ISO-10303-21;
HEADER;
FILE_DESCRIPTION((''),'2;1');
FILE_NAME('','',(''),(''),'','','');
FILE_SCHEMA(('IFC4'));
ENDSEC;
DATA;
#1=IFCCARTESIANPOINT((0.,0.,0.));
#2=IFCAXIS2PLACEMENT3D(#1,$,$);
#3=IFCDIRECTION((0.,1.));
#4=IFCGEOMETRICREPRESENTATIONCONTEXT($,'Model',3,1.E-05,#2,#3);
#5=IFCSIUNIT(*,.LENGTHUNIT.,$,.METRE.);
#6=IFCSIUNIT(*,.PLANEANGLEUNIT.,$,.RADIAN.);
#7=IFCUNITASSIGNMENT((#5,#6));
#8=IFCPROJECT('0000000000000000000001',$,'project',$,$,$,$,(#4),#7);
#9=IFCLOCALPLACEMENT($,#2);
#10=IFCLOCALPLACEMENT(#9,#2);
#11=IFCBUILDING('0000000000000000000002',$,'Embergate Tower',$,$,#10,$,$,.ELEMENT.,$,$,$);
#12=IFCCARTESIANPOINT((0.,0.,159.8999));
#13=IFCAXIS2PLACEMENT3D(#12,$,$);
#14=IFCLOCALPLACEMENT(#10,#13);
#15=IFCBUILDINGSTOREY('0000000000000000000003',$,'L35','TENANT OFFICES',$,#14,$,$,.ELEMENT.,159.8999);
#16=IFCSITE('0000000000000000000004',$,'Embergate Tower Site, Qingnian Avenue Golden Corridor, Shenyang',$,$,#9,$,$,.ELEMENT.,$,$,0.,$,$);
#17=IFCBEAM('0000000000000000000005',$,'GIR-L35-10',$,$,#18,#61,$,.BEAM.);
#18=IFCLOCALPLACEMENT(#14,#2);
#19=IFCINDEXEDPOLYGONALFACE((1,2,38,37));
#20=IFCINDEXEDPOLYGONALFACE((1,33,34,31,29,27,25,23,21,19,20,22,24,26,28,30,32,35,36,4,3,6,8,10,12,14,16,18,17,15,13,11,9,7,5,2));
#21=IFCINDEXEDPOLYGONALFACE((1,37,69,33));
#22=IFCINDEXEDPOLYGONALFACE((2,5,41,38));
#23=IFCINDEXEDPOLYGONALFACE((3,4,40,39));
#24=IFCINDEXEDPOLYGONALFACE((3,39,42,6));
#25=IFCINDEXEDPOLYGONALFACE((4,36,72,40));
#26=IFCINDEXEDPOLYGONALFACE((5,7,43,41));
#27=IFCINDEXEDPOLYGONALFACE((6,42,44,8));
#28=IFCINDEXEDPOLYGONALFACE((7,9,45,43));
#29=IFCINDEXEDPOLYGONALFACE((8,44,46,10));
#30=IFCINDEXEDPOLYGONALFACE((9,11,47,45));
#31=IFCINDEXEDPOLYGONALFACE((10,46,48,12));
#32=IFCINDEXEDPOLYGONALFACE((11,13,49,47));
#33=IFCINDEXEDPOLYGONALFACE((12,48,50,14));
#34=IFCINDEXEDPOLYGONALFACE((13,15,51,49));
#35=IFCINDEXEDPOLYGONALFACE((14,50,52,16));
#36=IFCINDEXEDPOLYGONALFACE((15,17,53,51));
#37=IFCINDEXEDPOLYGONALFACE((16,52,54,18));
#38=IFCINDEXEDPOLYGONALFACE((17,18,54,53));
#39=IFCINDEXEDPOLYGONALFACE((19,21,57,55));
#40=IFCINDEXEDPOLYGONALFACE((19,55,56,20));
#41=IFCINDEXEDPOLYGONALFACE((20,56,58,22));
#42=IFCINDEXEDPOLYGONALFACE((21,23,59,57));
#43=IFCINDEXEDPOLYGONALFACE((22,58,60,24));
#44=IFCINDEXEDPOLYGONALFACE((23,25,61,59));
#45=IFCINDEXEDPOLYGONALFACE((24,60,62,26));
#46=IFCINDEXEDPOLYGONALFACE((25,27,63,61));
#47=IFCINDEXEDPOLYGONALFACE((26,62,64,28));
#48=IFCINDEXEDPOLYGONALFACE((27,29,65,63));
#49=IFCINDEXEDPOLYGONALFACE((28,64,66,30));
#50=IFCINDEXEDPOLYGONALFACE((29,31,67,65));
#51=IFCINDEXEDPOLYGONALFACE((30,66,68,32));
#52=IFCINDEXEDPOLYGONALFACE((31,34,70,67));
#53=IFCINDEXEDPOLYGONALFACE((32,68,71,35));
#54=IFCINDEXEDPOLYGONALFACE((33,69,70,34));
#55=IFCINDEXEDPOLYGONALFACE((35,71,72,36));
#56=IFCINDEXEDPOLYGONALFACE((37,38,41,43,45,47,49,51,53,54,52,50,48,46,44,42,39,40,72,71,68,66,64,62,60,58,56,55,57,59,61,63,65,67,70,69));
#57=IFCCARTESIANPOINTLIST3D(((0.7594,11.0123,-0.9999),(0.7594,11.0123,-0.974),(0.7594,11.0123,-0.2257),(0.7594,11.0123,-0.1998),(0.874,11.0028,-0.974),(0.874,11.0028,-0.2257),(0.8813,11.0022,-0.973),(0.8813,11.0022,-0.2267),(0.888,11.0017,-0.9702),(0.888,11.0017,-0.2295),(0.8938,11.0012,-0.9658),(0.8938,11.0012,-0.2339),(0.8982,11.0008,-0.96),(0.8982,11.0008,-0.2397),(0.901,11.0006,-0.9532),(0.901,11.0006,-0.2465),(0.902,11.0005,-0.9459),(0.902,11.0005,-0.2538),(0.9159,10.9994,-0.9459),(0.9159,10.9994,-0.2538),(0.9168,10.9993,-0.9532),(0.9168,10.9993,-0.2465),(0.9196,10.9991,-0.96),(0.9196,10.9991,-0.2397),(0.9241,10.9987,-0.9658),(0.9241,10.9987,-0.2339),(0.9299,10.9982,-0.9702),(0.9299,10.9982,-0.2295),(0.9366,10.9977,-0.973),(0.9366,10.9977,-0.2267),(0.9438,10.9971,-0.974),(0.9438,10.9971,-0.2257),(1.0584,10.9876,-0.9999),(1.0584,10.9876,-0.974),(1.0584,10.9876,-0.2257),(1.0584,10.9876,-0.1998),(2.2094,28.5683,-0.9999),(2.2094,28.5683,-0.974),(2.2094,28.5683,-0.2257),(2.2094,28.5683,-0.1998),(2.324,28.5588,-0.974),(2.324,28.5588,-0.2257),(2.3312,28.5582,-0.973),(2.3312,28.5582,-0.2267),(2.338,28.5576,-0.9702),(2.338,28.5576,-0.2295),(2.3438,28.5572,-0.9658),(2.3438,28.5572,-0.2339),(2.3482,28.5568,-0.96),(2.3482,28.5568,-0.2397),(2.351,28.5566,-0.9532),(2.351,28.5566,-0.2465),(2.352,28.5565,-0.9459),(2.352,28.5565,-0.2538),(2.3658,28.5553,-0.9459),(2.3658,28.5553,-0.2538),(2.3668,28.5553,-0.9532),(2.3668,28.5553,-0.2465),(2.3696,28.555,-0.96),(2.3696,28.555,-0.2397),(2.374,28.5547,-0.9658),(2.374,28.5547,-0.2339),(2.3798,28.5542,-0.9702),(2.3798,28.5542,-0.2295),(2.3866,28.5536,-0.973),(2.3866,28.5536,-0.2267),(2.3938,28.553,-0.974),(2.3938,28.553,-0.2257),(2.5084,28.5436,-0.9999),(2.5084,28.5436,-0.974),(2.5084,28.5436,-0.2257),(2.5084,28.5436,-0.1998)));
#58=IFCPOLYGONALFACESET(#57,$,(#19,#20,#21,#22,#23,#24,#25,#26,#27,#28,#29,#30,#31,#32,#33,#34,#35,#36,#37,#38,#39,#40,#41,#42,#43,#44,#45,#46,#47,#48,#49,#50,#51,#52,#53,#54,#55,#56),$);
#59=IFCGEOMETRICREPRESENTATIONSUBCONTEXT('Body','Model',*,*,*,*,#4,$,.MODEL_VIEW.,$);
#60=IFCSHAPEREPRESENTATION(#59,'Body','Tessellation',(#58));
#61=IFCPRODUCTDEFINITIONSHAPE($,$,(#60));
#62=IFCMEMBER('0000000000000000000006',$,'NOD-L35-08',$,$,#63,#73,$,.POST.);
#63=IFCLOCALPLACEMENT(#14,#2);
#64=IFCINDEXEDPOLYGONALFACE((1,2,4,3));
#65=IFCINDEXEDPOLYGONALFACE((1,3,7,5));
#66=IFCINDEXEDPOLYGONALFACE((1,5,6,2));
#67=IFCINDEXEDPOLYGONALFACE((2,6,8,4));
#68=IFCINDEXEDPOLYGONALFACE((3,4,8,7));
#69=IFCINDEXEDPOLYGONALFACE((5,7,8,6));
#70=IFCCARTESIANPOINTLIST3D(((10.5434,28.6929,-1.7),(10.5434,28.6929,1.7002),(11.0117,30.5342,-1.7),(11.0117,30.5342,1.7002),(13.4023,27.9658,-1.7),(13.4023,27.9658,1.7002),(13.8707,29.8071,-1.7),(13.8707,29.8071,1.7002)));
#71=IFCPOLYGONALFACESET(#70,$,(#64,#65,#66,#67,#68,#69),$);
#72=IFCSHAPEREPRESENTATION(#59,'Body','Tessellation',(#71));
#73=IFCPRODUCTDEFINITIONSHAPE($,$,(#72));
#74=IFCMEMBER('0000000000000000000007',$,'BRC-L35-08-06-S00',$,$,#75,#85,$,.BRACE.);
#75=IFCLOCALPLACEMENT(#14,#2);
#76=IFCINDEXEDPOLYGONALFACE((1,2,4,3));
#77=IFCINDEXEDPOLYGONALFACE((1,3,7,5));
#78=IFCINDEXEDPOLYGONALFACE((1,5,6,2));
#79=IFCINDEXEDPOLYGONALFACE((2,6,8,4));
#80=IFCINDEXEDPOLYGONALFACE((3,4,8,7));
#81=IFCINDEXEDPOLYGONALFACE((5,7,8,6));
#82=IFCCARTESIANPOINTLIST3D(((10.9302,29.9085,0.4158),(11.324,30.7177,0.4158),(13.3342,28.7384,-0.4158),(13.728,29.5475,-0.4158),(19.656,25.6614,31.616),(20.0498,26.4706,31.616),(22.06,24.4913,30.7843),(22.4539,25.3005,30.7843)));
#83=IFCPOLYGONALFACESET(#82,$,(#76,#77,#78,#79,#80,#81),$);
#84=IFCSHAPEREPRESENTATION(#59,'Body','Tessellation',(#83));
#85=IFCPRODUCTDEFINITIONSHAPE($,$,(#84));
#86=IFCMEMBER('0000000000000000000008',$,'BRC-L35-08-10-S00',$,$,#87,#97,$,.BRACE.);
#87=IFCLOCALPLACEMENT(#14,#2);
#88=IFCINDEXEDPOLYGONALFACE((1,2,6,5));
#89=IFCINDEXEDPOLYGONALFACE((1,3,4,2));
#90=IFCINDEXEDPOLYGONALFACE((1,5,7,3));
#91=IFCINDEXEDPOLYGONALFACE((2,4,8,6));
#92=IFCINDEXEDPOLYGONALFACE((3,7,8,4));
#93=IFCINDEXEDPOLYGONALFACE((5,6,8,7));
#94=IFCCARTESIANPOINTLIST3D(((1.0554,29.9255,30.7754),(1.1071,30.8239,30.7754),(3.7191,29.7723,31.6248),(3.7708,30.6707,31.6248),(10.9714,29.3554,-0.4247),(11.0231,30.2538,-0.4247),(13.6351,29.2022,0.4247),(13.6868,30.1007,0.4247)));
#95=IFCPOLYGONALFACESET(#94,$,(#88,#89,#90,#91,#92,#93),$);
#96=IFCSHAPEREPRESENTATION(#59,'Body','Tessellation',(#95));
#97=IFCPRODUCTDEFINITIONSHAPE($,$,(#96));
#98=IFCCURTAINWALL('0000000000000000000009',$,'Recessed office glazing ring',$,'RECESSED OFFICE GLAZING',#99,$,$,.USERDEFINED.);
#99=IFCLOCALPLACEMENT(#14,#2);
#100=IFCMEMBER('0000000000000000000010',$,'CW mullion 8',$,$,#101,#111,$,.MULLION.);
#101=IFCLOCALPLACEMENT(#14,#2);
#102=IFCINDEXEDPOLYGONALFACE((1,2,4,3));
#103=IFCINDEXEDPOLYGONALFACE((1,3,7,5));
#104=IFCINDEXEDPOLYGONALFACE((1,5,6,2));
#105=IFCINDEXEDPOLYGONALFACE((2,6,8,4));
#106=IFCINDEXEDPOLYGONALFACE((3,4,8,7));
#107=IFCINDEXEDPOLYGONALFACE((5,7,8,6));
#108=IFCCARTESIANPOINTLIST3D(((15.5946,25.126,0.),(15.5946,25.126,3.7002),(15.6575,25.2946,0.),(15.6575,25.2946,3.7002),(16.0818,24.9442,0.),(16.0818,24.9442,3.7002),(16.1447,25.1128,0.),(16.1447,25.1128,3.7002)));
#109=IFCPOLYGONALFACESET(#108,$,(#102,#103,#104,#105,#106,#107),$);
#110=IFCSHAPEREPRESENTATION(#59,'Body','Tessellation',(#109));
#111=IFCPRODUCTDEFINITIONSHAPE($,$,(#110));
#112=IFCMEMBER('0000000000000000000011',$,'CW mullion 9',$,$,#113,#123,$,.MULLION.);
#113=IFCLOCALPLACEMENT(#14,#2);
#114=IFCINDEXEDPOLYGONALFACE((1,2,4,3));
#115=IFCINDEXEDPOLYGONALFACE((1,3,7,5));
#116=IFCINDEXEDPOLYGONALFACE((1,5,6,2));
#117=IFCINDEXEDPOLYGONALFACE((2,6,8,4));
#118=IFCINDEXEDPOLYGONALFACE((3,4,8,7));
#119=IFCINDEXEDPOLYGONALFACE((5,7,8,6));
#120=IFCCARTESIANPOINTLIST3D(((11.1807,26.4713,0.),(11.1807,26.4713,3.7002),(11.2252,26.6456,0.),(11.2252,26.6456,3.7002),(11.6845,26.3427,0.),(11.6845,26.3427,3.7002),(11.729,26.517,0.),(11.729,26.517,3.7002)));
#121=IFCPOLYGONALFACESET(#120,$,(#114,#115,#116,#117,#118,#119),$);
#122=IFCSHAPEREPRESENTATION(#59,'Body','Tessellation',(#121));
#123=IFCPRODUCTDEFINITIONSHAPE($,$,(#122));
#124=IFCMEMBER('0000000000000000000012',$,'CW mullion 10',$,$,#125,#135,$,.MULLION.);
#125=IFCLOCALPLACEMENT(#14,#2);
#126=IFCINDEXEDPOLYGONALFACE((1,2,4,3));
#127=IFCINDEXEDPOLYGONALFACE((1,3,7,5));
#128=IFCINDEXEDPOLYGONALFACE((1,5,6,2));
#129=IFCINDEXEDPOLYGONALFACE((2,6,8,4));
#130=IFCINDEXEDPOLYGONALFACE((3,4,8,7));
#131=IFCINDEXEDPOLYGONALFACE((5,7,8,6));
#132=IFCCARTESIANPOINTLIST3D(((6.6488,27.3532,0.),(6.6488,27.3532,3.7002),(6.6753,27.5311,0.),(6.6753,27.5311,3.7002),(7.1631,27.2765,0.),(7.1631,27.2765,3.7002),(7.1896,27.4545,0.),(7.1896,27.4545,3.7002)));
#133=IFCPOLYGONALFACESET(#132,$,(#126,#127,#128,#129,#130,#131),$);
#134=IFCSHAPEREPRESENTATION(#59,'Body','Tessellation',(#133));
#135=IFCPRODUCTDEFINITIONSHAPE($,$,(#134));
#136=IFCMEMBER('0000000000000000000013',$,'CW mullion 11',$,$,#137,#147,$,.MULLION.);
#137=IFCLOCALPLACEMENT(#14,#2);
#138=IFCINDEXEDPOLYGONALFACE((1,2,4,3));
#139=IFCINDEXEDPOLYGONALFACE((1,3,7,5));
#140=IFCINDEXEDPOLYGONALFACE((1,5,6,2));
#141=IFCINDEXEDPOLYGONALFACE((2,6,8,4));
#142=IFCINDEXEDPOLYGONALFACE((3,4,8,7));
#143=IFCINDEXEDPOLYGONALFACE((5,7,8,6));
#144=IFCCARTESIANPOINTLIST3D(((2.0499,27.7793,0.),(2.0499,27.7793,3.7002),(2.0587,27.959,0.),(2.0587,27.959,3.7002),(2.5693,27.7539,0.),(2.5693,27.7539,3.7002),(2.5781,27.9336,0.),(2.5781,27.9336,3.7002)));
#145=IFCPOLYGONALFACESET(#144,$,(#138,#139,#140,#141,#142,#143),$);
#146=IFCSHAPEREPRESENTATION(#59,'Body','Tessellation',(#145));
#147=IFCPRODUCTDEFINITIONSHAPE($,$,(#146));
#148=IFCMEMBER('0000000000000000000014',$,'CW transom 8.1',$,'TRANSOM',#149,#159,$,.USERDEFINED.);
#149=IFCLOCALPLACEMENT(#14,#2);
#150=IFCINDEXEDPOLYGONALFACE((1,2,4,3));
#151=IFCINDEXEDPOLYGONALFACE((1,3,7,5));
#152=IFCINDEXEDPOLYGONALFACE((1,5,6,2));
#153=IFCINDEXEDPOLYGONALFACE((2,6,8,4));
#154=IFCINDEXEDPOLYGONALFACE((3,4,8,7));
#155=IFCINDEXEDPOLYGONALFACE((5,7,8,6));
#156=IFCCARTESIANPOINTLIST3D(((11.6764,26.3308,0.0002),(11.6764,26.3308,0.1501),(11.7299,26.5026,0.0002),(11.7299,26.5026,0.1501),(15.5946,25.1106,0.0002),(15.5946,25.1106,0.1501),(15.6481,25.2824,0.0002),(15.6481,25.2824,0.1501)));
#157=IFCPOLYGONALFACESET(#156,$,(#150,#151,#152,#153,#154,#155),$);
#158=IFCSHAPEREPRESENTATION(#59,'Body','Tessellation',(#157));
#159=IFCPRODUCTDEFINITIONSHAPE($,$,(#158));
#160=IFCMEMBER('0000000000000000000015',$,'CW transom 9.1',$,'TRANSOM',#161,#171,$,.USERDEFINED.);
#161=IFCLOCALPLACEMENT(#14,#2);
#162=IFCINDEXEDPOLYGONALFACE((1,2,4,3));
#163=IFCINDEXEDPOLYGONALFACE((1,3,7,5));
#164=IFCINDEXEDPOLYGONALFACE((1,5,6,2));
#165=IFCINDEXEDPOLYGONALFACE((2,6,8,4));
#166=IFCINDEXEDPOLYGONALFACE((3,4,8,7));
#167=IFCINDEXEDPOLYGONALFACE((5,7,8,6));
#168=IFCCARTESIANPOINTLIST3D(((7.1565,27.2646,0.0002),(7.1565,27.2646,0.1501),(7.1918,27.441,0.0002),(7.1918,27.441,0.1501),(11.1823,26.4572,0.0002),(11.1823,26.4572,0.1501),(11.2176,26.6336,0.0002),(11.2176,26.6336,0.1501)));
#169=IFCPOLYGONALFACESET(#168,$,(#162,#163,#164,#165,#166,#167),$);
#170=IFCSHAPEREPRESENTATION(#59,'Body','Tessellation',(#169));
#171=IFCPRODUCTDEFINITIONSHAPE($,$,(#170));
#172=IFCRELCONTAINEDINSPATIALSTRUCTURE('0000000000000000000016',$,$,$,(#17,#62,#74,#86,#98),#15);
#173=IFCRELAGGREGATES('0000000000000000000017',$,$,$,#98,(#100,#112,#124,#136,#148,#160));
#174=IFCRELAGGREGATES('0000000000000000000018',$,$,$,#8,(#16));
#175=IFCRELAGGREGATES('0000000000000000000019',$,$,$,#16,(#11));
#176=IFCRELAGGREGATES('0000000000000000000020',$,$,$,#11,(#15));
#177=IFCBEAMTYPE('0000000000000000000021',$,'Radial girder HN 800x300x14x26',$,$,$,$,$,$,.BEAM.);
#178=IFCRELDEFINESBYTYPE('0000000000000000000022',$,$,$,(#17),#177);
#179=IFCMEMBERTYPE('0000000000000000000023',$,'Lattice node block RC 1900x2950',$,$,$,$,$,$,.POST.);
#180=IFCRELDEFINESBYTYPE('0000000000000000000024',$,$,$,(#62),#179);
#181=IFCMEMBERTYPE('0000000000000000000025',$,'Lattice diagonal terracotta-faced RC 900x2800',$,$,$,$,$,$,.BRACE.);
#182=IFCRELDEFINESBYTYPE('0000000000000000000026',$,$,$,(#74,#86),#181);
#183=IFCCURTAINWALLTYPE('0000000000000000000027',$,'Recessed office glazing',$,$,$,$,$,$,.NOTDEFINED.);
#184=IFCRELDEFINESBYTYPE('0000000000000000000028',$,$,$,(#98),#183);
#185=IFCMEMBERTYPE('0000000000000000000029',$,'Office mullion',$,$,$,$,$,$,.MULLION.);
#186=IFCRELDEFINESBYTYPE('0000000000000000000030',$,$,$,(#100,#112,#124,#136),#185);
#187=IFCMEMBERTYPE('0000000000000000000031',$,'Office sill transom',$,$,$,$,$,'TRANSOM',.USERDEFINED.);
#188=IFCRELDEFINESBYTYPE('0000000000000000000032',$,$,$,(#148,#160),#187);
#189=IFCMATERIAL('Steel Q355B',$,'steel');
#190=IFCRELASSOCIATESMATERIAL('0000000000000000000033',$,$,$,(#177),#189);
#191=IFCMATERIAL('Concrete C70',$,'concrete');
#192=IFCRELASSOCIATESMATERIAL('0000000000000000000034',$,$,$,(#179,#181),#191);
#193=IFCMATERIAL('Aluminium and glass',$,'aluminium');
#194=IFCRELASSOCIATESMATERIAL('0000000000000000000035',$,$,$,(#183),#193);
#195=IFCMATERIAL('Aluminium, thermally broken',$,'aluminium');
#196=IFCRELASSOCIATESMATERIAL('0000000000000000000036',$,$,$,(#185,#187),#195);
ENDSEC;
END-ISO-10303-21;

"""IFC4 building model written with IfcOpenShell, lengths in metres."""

from ifc_helpers import new_model, si_unit, direction, frame, origin, origin_2d, place, context, subcontext, project, spatial, rectangle, i_section, extrude, source, transform, mapped, material, material_profile, profile_set, type_object, element, aggregate, save


model = new_model("IFC4")

# Units and contexts
model_context = context("Model", 3, precision=1e-05, world=origin(), true_north=direction((0.0, 1.0)))
body_context = subcontext(model_context, "Body", "Model", "MODEL_VIEW")
ifc_project = project(units=[si_unit("LENGTHUNIT", "METRE"), si_unit("PLANEANGLEUNIT", "RADIAN")], contexts=[model_context])

# Site, building, storey
site_placement = place(None, origin())
site = spatial("IfcSite", under=ifc_project, at=site_placement, Name="Embergate Tower Site, Qingnian Avenue Golden Corridor, Shenyang", CompositionType="ELEMENT", RefElevation=0.0)
building_placement = place(site_placement, origin())
building = spatial("IfcBuilding", under=site, at=building_placement, Name="Embergate Tower", CompositionType="ELEMENT")
storey_placement = place(building_placement, frame((0.0, 0.0, 159.8999)))
storey = spatial("IfcBuildingStorey", under=building, at=storey_placement, Name="L35", Description="TENANT OFFICES", CompositionType="ELEMENT", Elevation=159.8999)

# Shared definitions
ifc_material_1 = material(Name="Concrete C70", Category="concrete")

# Beam
ifc_material_2 = material(Name="Steel Q355B", Category="steel")
ifc_material_profile_1 = material_profile(ifc_material_2, i_section(OverallWidth=0.3, OverallDepth=0.8, WebThickness=0.0139, FlangeThickness=0.0259, FilletRadius=0.0281, at=origin_2d()), Name="HN 800x300x14x26")
ifc_profile_set_1 = profile_set([ifc_material_profile_1], Name="Steel Q355 grade B")
beam_type_1 = type_object("IfcBeamType", Name="Radial girder HN 800x300x14x26", PredefinedType="BEAM", material=ifc_profile_set_1)
shared_shape_1 = source(origin(), body_context, "Body", "SweptSolid", [
    extrude(i_section(OverallWidth=0.3, OverallDepth=0.8, WebThickness=0.0139, FlangeThickness=0.0259, FilletRadius=0.0281, at=origin_2d()), origin(), (0.0, 0.0, 1.0), 17.6157),
])
beam_1_placement = place(storey_placement, frame((2.3589, 28.5559, -0.5999), z_axis=(-0.08231, -0.996607, 0.0), x_axis=(0.996607, -0.08231, 0.0)))
element("IfcBeam", 1, at=beam_1_placement, inside=storey, type_object=beam_type_1, Name="GIR-L35-10", PredefinedType="BEAM", context=body_context, shape_type="MappedRepresentation", body=[
    mapped(shared_shape_1, transform((0.0, 0.0, 0.0))),
])

# Members
ifc_material_profile_2 = material_profile(ifc_material_1, rectangle(XDim=1.8999, YDim=2.95, at=origin_2d()), Name="RC 1900x2950")
ifc_profile_set_2 = profile_set([ifc_material_profile_2], Name="Concrete C70")
member_type_1 = type_object("IfcMemberType", Name="Lattice node block RC 1900x2950", PredefinedType="POST", material=ifc_profile_set_2)
shared_shape_2 = source(origin(), body_context, "Body", "SweptSolid", [
    extrude(rectangle(XDim=1.8999, YDim=2.95, at=origin_2d()), origin(), (0.0, 0.0, 1.0), 3.4001),
])
member_1_placement = place(storey_placement, frame((12.207, 29.25, -1.7), z_axis=(0.0, 0.0, 1.0), x_axis=(0.246492, 0.969145, 0.0)))
element("IfcMember", 2, at=member_1_placement, inside=storey, type_object=member_type_1, Name="NOD-L35-08", PredefinedType="POST", context=body_context, shape_type="MappedRepresentation", body=[
    mapped(shared_shape_2, transform((0.0, 0.0, 0.0))),
])
ifc_material_profile_3 = material_profile(ifc_material_1, rectangle(XDim=0.8999, YDim=2.8, at=origin_2d()), Name="RC 900x2800")
ifc_profile_set_3 = profile_set([ifc_material_profile_3], Name="Concrete C70")
member_type_2 = type_object("IfcMemberType", Name="Lattice diagonal terracotta-faced RC 900x2800", PredefinedType="BRACE", material=ifc_profile_set_3)
shared_shape_3 = source(origin(), body_context, "Body", "SweptSolid", [
    extrude(rectangle(XDim=0.8999, YDim=2.8, at=origin_2d()), origin(), (0.0, 0.0, 1.0), 32.6746),
])
member_2_placement = place(storey_placement, frame((12.3291, 29.728, 0.0), z_axis=(0.267052, -0.129981, 0.954876), x_axis=(0.437638, 0.899151, 0.0)))
element("IfcMember", 3, at=member_2_placement, inside=storey, type_object=member_type_2, Name="BRC-L35-08-06-S00", PredefinedType="BRACE", context=body_context, shape_type="MappedRepresentation", body=[
    mapped(shared_shape_3, transform((0.0, 0.0, 0.0))),
])
shared_shape_4 = source(origin(), body_context, "Body", "SweptSolid", [
    extrude(rectangle(XDim=0.8999, YDim=2.8, at=origin_2d()), origin(), (0.0, 0.0, 1.0), 32.7429),
])
member_3_placement = place(storey_placement, frame((12.3291, 29.728, 0.0), z_axis=(-0.302844, 0.01741, 0.952881), x_axis=(-0.057395, -0.998352, 0.0)))
element("IfcMember", 4, at=member_3_placement, inside=storey, type_object=member_type_2, Name="BRC-L35-08-10-S00", PredefinedType="BRACE", context=body_context, shape_type="MappedRepresentation", body=[
    mapped(shared_shape_4, transform((0.0, 0.0, 0.0))),
])

# Curtain wall, members
ifc_material_3 = material(Name="Aluminium and glass", Category="aluminium")
curtain_wall_type = type_object("IfcCurtainWallType", Name="Recessed office glazing", PredefinedType="NOTDEFINED", material=ifc_material_3)
curtain_wall_placement = place(storey_placement, origin())
curtain_wall = element("IfcCurtainWall", 5, at=curtain_wall_placement, inside=storey, type_object=curtain_wall_type, Name="Recessed office glazing ring", ObjectType="RECESSED OFFICE GLAZING", PredefinedType="USERDEFINED")
ifc_material_4 = material(Name="Aluminium, thermally broken", Category="aluminium")
ifc_material_profile_4 = material_profile(ifc_material_4, rectangle(XDim=0.1799, YDim=0.52, at=origin_2d()), Name="AL 520x180")
ifc_profile_set_4 = profile_set([ifc_material_profile_4], Name="Aluminium, thermally broken")
member_type_3 = type_object("IfcMemberType", Name="Office mullion", PredefinedType="MULLION", material=ifc_profile_set_4)
shared_shape_5 = source(origin(), body_context, "Body", "SweptSolid", [
    extrude(rectangle(XDim=0.1799, YDim=0.52, at=origin_2d()), origin(), (0.0, 0.0, 1.0), 3.7002),
])
member_4_placement = place(storey_placement, frame((15.8696, 25.1194, 0.0), z_axis=(0.0, 0.0, 1.0), x_axis=(-0.349503, -0.936935, 0.0)))
member_4 = element("IfcMember", 6, at=member_4_placement, type_object=member_type_3, Name="CW mullion 8", PredefinedType="MULLION", context=body_context, shape_type="MappedRepresentation", body=[
    mapped(shared_shape_5, transform((0.0, 0.0, 0.0))),
])
member_5_placement = place(storey_placement, frame((11.4548, 26.4941, 0.0), z_axis=(0.0, 0.0, 1.0), x_axis=(-0.247312, -0.968936, 0.0)))
member_5 = element("IfcMember", 7, at=member_5_placement, type_object=member_type_3, Name="CW mullion 9", PredefinedType="MULLION", context=body_context, shape_type="MappedRepresentation", body=[
    mapped(shared_shape_5, transform((0.0, 0.0, 0.0))),
])
member_6_placement = place(storey_placement, frame((6.9192, 27.4038, 0.0), z_axis=(0.0, 0.0, 1.0), x_axis=(-0.147412, -0.989075, 0.0)))
member_6 = element("IfcMember", 8, at=member_6_placement, type_object=member_type_3, Name="CW mullion 10", PredefinedType="MULLION", context=body_context, shape_type="MappedRepresentation", body=[
    mapped(shared_shape_5, transform((0.0, 0.0, 0.0))),
])
member_7_placement = place(storey_placement, frame((2.314, 27.8564, 0.0), z_axis=(0.0, 0.0, 1.0), x_axis=(-0.048972, -0.9988, 0.0)))
member_7 = element("IfcMember", 9, at=member_7_placement, type_object=member_type_3, Name="CW mullion 11", PredefinedType="MULLION", context=body_context, shape_type="MappedRepresentation", body=[
    mapped(shared_shape_5, transform((0.0, 0.0, 0.0))),
])
ifc_material_profile_5 = material_profile(ifc_material_4, rectangle(XDim=0.1799, YDim=0.1499, at=origin_2d()), Name="AL 150x180")
ifc_profile_set_5 = profile_set([ifc_material_profile_5], Name="Aluminium, thermally broken")
member_type_4 = type_object("IfcMemberType", Name="Office sill transom", ElementType="TRANSOM", PredefinedType="USERDEFINED", material=ifc_profile_set_5)
shared_shape_6 = source(origin(), body_context, "Body", "SweptSolid", [
    extrude(rectangle(XDim=0.1799, YDim=0.1499, at=origin_2d()), origin(), (0.0, 0.0, 1.0), 4.1038),
])
member_8_placement = place(storey_placement, frame((15.6213, 25.1965, 0.0752), z_axis=(-0.954773, 0.297337, 0.0), x_axis=(-0.297337, -0.954773, 0.0)))
member_8 = element("IfcMember", 10, at=member_8_placement, type_object=member_type_4, Name="CW transom 8.1", ObjectType="TRANSOM", PredefinedType="USERDEFINED", context=body_context, shape_type="MappedRepresentation", body=[
    mapped(shared_shape_6, transform((0.0, 0.0, 0.0))),
])
shared_shape_7 = source(origin(), body_context, "Body", "SweptSolid", [
    extrude(rectangle(XDim=0.1799, YDim=0.1499, at=origin_2d()), origin(), (0.0, 0.0, 1.0), 4.106),
])
member_9_placement = place(storey_placement, frame((11.2, 26.5454, 0.0752), z_axis=(-0.980478, 0.196631, 0.0), x_axis=(-0.196631, -0.980478, 0.0)))
member_9 = element("IfcMember", 11, at=member_9_placement, type_object=member_type_4, Name="CW transom 9.1", ObjectType="TRANSOM", PredefinedType="USERDEFINED", context=body_context, shape_type="MappedRepresentation", body=[
    mapped(shared_shape_7, transform((0.0, 0.0, 0.0))),
])
aggregate(curtain_wall, [member_4, member_5, member_6, member_7, member_8, member_9])

save(model, "model.ifc")
